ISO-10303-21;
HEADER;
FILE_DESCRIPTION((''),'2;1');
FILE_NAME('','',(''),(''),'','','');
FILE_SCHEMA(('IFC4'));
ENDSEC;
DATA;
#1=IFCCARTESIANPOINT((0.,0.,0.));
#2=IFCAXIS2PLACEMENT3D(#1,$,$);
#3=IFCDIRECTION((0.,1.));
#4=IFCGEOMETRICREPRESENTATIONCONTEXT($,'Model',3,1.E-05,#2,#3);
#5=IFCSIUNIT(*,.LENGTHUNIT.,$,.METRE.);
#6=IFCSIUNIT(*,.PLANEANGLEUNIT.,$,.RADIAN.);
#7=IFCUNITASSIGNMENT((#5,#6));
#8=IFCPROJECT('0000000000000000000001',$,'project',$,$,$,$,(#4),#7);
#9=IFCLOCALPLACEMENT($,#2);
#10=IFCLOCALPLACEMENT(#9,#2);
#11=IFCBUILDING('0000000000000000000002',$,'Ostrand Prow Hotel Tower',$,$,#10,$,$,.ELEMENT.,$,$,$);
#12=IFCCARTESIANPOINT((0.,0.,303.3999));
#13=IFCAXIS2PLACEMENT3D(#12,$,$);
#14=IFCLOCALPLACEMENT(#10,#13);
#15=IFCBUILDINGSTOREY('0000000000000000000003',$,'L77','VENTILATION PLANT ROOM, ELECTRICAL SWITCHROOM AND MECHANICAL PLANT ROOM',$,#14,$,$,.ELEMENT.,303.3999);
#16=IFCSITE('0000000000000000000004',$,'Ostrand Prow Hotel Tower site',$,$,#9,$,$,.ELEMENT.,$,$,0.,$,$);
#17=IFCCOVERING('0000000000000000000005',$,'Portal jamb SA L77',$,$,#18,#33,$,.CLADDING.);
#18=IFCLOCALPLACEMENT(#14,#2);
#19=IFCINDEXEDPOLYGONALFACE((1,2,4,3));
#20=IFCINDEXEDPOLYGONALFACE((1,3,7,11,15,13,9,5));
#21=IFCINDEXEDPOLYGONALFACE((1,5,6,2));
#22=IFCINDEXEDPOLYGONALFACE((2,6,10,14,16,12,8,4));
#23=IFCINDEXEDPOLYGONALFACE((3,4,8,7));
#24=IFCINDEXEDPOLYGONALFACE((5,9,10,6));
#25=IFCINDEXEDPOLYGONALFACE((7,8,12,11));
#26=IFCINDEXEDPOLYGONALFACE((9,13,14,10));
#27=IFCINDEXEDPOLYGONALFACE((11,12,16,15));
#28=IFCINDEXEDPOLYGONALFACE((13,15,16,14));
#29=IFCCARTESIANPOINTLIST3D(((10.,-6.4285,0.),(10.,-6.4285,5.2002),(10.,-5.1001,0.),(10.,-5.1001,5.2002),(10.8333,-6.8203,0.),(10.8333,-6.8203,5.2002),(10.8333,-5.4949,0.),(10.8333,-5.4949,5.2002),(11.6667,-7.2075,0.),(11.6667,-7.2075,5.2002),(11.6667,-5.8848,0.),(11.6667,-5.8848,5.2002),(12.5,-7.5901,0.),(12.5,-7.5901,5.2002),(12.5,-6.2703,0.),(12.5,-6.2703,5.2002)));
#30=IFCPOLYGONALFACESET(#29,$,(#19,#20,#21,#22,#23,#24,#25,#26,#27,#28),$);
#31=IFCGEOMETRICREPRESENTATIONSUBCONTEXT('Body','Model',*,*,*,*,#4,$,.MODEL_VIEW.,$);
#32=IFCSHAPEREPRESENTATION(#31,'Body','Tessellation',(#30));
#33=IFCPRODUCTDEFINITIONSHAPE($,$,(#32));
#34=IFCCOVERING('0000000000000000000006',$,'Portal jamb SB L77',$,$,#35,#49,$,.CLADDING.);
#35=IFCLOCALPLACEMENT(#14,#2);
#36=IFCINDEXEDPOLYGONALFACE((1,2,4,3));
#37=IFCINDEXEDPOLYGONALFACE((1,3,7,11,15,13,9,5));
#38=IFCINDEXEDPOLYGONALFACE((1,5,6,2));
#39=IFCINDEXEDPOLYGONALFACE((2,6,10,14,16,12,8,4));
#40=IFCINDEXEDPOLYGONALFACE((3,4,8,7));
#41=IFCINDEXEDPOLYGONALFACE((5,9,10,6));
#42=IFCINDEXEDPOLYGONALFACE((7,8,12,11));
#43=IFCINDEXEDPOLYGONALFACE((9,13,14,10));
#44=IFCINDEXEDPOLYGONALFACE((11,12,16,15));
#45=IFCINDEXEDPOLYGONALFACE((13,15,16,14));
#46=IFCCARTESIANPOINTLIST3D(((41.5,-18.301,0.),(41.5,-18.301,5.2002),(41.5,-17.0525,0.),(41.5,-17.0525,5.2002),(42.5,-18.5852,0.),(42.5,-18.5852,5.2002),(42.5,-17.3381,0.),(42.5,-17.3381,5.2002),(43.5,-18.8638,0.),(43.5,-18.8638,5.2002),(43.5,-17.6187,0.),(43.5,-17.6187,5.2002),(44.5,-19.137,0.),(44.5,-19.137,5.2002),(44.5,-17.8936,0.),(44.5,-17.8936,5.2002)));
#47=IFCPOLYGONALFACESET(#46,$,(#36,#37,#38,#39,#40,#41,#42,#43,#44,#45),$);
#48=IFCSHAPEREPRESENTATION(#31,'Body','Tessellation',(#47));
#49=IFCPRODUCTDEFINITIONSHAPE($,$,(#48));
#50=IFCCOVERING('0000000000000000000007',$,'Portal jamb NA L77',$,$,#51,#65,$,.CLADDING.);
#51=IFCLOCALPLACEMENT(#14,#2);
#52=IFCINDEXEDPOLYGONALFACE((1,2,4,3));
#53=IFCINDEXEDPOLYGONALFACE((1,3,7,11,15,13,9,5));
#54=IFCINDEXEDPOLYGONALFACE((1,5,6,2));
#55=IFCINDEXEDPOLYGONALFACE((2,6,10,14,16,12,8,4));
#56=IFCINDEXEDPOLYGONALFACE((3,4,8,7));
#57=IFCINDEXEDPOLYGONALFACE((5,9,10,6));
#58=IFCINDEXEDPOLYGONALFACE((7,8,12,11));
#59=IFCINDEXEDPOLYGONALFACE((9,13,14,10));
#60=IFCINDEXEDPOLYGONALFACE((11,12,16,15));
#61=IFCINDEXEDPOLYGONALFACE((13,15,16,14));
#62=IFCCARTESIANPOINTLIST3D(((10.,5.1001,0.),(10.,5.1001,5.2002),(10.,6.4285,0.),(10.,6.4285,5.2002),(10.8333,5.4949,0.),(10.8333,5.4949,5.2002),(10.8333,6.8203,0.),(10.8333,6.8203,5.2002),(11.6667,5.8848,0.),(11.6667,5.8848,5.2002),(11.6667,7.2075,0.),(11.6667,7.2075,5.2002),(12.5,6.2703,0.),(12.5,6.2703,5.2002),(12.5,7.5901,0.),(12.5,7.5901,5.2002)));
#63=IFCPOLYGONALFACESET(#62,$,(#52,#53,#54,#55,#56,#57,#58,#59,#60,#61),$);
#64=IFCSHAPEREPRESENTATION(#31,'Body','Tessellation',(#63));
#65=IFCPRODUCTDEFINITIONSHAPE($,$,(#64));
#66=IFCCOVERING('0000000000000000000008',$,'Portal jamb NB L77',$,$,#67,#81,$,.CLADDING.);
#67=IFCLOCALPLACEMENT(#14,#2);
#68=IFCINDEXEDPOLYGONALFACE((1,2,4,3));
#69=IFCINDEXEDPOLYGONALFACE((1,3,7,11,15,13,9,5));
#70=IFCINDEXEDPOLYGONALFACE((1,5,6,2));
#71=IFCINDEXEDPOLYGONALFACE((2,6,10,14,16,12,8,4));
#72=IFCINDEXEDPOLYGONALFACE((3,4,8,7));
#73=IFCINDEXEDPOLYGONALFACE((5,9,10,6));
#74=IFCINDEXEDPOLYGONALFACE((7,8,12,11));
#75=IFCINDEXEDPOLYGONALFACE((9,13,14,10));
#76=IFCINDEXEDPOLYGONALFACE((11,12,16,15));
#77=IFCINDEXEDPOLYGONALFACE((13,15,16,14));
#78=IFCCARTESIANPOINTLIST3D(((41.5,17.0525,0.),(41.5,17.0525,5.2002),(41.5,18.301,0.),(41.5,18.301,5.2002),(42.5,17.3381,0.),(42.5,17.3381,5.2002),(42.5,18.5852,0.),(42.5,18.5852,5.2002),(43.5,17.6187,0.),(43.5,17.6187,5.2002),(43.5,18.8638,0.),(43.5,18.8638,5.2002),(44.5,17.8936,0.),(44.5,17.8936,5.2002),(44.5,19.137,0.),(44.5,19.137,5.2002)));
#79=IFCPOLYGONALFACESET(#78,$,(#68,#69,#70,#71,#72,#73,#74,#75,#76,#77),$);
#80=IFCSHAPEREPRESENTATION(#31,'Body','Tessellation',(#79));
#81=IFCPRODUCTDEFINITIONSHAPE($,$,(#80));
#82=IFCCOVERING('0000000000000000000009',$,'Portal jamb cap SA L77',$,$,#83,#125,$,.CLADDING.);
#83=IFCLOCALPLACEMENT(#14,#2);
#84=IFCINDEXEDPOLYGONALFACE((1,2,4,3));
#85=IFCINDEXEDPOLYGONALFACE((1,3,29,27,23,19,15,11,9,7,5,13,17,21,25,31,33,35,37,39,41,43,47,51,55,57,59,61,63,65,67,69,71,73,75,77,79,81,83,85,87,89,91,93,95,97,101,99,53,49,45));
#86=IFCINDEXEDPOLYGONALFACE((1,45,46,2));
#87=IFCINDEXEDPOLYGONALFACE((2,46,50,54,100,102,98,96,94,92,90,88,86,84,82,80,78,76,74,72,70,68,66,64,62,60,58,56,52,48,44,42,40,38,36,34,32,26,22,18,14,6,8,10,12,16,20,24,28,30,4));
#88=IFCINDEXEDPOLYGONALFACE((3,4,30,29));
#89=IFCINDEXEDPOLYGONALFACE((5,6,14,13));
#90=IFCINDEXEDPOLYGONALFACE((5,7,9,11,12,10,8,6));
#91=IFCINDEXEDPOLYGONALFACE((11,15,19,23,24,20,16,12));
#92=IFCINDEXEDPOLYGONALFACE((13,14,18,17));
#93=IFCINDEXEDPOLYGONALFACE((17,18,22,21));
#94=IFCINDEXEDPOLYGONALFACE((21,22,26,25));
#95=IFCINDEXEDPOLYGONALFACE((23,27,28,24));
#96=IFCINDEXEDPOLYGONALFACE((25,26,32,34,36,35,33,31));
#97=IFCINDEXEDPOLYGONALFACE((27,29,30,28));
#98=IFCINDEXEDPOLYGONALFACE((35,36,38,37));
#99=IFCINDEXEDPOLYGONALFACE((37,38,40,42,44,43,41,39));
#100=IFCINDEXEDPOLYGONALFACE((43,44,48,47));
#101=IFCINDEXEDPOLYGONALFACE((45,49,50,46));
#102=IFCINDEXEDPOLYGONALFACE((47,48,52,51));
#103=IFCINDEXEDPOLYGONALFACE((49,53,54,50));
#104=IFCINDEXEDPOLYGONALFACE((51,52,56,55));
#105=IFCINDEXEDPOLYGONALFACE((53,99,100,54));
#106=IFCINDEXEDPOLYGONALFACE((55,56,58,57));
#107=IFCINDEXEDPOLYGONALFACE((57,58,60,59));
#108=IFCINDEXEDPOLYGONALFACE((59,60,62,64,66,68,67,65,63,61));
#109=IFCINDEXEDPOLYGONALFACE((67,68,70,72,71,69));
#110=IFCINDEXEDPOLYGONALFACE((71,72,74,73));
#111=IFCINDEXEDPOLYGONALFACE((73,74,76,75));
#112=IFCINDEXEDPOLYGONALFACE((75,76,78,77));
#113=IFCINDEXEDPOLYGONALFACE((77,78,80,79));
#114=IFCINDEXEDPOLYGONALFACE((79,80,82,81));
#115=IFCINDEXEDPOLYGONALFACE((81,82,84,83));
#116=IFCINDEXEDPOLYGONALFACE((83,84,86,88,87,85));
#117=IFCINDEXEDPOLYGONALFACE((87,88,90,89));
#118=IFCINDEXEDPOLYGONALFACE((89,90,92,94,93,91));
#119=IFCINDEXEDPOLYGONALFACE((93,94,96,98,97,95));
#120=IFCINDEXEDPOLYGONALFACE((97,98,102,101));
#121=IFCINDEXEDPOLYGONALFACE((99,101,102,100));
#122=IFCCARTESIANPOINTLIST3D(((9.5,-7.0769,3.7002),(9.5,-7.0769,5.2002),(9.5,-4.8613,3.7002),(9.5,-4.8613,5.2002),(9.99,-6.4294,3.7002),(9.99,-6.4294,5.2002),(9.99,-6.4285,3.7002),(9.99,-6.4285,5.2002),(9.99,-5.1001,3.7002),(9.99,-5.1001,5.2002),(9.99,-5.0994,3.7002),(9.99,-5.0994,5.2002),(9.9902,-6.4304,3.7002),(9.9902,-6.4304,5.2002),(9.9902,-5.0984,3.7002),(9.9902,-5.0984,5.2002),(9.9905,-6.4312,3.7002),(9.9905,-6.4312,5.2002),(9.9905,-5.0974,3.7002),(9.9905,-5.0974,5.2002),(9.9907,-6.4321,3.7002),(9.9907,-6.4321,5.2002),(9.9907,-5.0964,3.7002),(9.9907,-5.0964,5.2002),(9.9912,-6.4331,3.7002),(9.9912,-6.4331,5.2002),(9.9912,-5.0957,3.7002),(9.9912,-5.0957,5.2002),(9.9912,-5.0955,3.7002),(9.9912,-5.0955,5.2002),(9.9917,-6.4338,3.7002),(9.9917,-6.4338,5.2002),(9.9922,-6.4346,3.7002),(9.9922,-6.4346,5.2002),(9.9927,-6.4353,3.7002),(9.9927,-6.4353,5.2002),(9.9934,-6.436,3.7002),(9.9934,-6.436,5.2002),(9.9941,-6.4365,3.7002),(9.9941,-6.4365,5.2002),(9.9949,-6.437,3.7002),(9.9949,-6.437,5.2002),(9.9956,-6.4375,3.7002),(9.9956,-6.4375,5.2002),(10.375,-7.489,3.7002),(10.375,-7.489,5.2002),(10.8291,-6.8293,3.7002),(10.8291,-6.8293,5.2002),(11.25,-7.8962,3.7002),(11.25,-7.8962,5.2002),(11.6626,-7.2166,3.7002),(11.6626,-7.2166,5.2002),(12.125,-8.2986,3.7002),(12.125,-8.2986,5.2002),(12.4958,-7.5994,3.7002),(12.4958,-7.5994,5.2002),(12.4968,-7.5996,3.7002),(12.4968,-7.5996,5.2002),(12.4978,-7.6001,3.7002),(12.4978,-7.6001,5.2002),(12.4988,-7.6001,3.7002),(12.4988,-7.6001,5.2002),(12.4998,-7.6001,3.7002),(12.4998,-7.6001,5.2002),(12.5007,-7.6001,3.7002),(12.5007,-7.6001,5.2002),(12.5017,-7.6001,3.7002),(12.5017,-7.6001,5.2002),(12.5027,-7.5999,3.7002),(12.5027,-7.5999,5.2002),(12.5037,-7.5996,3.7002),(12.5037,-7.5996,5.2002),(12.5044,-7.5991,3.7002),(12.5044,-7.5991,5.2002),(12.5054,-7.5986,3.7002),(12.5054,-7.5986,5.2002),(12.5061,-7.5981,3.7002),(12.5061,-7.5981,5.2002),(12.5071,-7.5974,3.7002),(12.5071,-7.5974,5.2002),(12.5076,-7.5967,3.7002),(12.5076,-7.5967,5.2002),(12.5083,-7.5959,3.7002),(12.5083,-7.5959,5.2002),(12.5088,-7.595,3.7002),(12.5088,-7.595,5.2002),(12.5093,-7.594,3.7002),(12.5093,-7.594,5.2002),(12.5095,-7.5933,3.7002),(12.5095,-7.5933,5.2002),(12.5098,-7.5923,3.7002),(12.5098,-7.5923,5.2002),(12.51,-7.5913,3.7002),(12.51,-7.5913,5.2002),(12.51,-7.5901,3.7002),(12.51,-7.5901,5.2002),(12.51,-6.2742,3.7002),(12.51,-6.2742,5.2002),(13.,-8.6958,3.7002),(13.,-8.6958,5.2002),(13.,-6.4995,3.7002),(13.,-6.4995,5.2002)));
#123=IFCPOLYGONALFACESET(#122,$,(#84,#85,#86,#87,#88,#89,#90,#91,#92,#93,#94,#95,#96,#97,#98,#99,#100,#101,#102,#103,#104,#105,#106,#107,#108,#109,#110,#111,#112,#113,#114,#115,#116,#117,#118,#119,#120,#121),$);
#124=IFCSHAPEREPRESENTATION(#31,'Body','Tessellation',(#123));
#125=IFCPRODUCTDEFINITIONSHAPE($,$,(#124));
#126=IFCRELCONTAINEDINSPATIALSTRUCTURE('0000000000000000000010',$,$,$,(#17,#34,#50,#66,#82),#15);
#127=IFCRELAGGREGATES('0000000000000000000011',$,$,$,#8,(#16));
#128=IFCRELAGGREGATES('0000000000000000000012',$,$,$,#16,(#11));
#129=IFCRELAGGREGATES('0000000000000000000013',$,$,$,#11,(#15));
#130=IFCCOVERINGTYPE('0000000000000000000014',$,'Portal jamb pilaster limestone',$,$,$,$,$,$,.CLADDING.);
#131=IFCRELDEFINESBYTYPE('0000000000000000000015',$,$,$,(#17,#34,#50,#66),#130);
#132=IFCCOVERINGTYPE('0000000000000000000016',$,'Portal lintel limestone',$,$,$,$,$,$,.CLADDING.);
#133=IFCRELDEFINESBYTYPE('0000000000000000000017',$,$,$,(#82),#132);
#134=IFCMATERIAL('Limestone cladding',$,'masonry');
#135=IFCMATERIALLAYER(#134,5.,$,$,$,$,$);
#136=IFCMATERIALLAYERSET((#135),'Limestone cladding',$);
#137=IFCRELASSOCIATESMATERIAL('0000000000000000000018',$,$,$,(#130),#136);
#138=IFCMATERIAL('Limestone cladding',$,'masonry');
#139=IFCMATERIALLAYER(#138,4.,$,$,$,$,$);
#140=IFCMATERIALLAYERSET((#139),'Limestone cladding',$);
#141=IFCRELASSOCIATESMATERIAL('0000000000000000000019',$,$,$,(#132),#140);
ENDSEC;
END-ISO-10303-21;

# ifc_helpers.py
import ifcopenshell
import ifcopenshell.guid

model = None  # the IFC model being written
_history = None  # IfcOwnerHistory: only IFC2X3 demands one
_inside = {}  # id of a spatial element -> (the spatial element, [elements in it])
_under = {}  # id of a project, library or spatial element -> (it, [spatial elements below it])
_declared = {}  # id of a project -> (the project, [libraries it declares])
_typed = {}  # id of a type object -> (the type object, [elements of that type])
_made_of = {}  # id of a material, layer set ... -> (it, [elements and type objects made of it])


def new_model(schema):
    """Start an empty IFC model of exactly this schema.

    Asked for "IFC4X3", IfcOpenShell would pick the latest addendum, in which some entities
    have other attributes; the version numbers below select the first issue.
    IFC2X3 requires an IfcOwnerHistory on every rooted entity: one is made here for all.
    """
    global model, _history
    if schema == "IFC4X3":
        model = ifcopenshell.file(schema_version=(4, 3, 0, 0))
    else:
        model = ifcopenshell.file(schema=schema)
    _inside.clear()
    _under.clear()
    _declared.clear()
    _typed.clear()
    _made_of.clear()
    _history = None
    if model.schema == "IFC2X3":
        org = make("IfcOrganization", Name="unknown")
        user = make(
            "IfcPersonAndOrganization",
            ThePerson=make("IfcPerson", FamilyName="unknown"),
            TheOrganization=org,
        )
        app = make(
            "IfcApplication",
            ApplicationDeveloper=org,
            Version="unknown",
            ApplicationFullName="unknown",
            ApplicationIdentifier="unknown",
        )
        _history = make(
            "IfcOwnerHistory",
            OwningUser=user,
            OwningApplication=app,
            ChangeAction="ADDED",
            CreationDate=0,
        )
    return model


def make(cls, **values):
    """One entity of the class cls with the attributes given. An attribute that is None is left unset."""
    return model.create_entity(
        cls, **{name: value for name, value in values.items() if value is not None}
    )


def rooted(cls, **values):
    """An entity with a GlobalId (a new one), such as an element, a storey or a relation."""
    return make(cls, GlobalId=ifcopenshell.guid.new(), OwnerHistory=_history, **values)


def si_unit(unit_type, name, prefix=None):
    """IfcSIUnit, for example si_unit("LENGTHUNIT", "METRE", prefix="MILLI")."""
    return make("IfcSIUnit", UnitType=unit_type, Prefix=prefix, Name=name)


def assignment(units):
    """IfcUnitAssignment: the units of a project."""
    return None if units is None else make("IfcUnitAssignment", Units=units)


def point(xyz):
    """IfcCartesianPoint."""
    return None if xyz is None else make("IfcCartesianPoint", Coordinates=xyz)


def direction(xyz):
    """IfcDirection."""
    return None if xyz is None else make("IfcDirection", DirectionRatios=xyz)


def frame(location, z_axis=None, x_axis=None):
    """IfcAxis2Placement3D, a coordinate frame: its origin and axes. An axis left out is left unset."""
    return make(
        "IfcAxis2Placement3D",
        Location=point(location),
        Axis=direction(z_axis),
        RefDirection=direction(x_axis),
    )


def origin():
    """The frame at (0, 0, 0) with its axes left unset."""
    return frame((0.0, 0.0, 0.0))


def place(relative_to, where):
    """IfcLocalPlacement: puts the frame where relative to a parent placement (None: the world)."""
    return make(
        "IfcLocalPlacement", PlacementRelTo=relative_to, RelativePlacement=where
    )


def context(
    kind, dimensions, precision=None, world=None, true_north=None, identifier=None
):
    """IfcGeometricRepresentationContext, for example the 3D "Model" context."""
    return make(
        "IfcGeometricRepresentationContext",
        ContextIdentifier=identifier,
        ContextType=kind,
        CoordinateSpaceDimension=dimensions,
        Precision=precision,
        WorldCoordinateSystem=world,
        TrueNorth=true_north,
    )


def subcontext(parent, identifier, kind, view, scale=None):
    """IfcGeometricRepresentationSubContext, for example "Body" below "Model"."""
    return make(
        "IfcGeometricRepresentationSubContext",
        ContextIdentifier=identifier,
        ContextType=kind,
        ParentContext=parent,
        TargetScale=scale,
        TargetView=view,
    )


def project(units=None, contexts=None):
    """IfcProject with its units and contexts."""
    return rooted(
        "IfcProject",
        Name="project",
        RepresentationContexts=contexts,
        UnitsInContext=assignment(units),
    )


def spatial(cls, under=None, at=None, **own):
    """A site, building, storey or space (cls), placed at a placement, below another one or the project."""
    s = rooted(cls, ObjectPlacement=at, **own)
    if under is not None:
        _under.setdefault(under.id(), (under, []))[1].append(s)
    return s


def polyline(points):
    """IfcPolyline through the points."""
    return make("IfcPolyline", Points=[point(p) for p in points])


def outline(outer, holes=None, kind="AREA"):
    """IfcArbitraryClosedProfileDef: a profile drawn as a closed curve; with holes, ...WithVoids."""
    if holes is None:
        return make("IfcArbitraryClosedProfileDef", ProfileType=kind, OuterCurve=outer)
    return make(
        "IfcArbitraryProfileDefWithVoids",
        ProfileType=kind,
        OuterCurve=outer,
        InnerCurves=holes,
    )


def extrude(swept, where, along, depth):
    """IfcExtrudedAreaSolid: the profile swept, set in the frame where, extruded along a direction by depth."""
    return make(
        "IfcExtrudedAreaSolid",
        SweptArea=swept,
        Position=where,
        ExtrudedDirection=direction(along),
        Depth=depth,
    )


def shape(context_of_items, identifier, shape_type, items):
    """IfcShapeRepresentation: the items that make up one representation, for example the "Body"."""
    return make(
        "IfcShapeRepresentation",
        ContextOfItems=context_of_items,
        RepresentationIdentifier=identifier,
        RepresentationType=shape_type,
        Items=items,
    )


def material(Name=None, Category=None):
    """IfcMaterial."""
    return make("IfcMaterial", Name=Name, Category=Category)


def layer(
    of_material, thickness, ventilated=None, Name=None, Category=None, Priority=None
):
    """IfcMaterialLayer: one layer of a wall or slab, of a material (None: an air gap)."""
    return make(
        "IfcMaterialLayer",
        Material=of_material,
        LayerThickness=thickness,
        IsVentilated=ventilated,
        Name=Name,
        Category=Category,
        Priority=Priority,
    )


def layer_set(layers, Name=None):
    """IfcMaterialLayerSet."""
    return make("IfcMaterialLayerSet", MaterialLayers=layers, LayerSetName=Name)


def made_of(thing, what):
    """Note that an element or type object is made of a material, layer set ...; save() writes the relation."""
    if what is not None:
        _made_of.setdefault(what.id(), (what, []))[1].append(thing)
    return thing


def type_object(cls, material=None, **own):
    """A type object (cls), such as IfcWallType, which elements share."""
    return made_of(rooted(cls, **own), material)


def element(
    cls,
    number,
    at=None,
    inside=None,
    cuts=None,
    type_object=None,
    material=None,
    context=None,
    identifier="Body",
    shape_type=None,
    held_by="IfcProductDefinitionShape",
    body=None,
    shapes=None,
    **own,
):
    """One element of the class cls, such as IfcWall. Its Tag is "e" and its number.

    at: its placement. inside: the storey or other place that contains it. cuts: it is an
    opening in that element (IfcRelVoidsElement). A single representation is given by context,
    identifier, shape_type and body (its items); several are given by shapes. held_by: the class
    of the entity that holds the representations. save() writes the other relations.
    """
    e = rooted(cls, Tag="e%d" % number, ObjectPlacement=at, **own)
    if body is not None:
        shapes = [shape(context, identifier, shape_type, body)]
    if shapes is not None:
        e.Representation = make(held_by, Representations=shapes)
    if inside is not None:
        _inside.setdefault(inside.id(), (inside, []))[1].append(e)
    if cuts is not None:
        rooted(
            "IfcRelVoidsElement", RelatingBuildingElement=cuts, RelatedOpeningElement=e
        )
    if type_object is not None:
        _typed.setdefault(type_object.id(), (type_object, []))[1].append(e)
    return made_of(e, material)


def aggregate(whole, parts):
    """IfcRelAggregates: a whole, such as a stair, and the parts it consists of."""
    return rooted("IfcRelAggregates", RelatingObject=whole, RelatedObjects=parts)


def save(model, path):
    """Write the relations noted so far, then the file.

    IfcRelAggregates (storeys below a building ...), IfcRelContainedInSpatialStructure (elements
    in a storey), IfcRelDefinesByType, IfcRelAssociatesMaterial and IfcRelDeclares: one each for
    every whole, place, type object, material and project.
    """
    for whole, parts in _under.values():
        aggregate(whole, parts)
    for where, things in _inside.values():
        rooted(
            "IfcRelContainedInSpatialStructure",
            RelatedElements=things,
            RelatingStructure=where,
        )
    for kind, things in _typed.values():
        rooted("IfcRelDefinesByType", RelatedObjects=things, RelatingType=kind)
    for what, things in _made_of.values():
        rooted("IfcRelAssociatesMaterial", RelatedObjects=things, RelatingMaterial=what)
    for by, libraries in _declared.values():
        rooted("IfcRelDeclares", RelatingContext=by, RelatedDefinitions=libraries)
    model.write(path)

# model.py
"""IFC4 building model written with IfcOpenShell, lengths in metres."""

from ifc_helpers import new_model, si_unit, direction, frame, origin, place, context, subcontext, project, spatial, polyline, outline, extrude, material, layer, layer_set, type_object, element, save


model = new_model("IFC4")

# Units and contexts
model_context = context("Model", 3, precision=1e-05, world=origin(), true_north=direction((0.0, 1.0)))
body_context = subcontext(model_context, "Body", "Model", "MODEL_VIEW")
ifc_project = project(units=[si_unit("LENGTHUNIT", "METRE"), si_unit("PLANEANGLEUNIT", "RADIAN")], contexts=[model_context])

# Site, building, storey
site_placement = place(None, origin())
site = spatial("IfcSite", under=ifc_project, at=site_placement, Name="Ostrand Prow Hotel Tower site", CompositionType="ELEMENT", RefElevation=0.0)
building_placement = place(site_placement, origin())
building = spatial("IfcBuilding", under=site, at=building_placement, Name="Ostrand Prow Hotel Tower", CompositionType="ELEMENT")
storey_placement = place(building_placement, frame((0.0, 0.0, 303.3999)))
storey = spatial("IfcBuildingStorey", under=building, at=storey_placement, Name="L77", Description="VENTILATION PLANT ROOM, ELECTRICAL SWITCHROOM AND MECHANICAL PLANT ROOM", CompositionType="ELEMENT", Elevation=303.3999)

# Coverings
ifc_material_1 = material(Name="Limestone cladding", Category="masonry")
ifc_layer_1 = layer(ifc_material_1, 5.0)
ifc_layer_set_1 = layer_set([ifc_layer_1], Name="Limestone cladding")
covering_type_1 = type_object("IfcCoveringType", Name="Portal jamb pilaster limestone", PredefinedType="CLADDING", material=ifc_layer_set_1)
covering_1_placement = place(storey_placement, origin())
element("IfcCovering", 1, at=covering_1_placement, inside=storey, type_object=covering_type_1, Name="Portal jamb SA L77", PredefinedType="CLADDING", context=body_context, shape_type="SweptSolid", body=[
    extrude(outline(polyline([(10.0, -5.1001), (10.0, -6.4285), (10.8333, -6.8203), (11.6667, -7.2075), (12.5, -7.5901), (12.5, -6.2703), (11.6667, -5.8848), (10.8333, -5.4949), (10.0, -5.1001)])), origin(), (0.0, 0.0, 1.0), 5.2002),
])
covering_2_placement = place(storey_placement, origin())
element("IfcCovering", 2, at=covering_2_placement, inside=storey, type_object=covering_type_1, Name="Portal jamb SB L77", PredefinedType="CLADDING", context=body_context, shape_type="SweptSolid", body=[
    extrude(outline(polyline([(41.5, -17.0525), (41.5, -18.301), (42.5, -18.5852), (43.5, -18.8638), (44.5, -19.137), (44.5, -17.8936), (43.5, -17.6187), (42.5, -17.3381), (41.5, -17.0525)])), origin(), (0.0, 0.0, 1.0), 5.2002),
])
covering_3_placement = place(storey_placement, origin())
element("IfcCovering", 3, at=covering_3_placement, inside=storey, type_object=covering_type_1, Name="Portal jamb NA L77", PredefinedType="CLADDING", context=body_context, shape_type="SweptSolid", body=[
    extrude(outline(polyline([(10.0, 5.1001), (10.8333, 5.4949), (11.6667, 5.8848), (12.5, 6.2703), (12.5, 7.5901), (11.6667, 7.2075), (10.8333, 6.8203), (10.0, 6.4285), (10.0, 5.1001)])), origin(), (0.0, 0.0, 1.0), 5.2002),
])
covering_4_placement = place(storey_placement, origin())
element("IfcCovering", 4, at=covering_4_placement, inside=storey, type_object=covering_type_1, Name="Portal jamb NB L77", PredefinedType="CLADDING", context=body_context, shape_type="SweptSolid", body=[
    extrude(outline(polyline([(41.5, 17.0525), (42.5, 17.3381), (43.5, 17.6187), (44.5, 17.8936), (44.5, 19.137), (43.5, 18.8638), (42.5, 18.5852), (41.5, 18.301), (41.5, 17.0525)])), origin(), (0.0, 0.0, 1.0), 5.2002),
])
ifc_material_2 = material(Name="Limestone cladding", Category="masonry")
ifc_layer_2 = layer(ifc_material_2, 4.0)
ifc_layer_set_2 = layer_set([ifc_layer_2], Name="Limestone cladding")
covering_type_2 = type_object("IfcCoveringType", Name="Portal lintel limestone", PredefinedType="CLADDING", material=ifc_layer_set_2)
covering_5_placement = place(storey_placement, frame((0.0, 0.0, 3.7002)))
element("IfcCovering", 5, at=covering_5_placement, inside=storey, type_object=covering_type_2, Name="Portal jamb cap SA L77", PredefinedType="CLADDING", context=body_context, shape_type="SweptSolid", body=[
    extrude(outline(polyline([(9.9912, -5.0955), (9.5, -4.8613), (9.5, -7.0769), (10.375, -7.489), (11.25, -7.8962), (12.125, -8.2986), (13.0, -8.6958), (13.0, -6.4995), (12.51, -6.2742), (12.51, -7.5901), (12.51, -7.5913), (12.5098, -7.5923), (12.5095, -7.5933), (12.5093, -7.594), (12.5088, -7.595), (12.5083, -7.5959), (12.5076, -7.5967), (12.5071, -7.5974), (12.5061, -7.5981), (12.5054, -7.5986), (12.5044, -7.5991), (12.5037, -7.5996), (12.5027, -7.5999), (12.5017, -7.6001), (12.5007, -7.6001), (12.4998, -7.6001), (12.4988, -7.6001), (12.4978, -7.6001), (12.4968, -7.5996), (12.4958, -7.5994), (11.6626, -7.2166), (11.6626, -7.2166), (10.8291, -6.8293), (10.8291, -6.8293), (9.9956, -6.4375), (9.9949, -6.437), (9.9941, -6.4365), (9.9934, -6.436), (9.9927, -6.4353), (9.9922, -6.4346), (9.9917, -6.4338), (9.9912, -6.4331), (9.9907, -6.4321), (9.9905, -6.4312), (9.9902, -6.4304), (9.99, -6.4294), (9.99, -6.4285), (9.99, -5.1001), (9.99, -5.0994), (9.9902, -5.0984), (9.9905, -5.0974), (9.9907, -5.0964), (9.9912, -5.0957), (9.9912, -5.0955)])), origin(), (0.0, 0.0, 1.0), 1.5),
])

save(model, "model.ifc")
